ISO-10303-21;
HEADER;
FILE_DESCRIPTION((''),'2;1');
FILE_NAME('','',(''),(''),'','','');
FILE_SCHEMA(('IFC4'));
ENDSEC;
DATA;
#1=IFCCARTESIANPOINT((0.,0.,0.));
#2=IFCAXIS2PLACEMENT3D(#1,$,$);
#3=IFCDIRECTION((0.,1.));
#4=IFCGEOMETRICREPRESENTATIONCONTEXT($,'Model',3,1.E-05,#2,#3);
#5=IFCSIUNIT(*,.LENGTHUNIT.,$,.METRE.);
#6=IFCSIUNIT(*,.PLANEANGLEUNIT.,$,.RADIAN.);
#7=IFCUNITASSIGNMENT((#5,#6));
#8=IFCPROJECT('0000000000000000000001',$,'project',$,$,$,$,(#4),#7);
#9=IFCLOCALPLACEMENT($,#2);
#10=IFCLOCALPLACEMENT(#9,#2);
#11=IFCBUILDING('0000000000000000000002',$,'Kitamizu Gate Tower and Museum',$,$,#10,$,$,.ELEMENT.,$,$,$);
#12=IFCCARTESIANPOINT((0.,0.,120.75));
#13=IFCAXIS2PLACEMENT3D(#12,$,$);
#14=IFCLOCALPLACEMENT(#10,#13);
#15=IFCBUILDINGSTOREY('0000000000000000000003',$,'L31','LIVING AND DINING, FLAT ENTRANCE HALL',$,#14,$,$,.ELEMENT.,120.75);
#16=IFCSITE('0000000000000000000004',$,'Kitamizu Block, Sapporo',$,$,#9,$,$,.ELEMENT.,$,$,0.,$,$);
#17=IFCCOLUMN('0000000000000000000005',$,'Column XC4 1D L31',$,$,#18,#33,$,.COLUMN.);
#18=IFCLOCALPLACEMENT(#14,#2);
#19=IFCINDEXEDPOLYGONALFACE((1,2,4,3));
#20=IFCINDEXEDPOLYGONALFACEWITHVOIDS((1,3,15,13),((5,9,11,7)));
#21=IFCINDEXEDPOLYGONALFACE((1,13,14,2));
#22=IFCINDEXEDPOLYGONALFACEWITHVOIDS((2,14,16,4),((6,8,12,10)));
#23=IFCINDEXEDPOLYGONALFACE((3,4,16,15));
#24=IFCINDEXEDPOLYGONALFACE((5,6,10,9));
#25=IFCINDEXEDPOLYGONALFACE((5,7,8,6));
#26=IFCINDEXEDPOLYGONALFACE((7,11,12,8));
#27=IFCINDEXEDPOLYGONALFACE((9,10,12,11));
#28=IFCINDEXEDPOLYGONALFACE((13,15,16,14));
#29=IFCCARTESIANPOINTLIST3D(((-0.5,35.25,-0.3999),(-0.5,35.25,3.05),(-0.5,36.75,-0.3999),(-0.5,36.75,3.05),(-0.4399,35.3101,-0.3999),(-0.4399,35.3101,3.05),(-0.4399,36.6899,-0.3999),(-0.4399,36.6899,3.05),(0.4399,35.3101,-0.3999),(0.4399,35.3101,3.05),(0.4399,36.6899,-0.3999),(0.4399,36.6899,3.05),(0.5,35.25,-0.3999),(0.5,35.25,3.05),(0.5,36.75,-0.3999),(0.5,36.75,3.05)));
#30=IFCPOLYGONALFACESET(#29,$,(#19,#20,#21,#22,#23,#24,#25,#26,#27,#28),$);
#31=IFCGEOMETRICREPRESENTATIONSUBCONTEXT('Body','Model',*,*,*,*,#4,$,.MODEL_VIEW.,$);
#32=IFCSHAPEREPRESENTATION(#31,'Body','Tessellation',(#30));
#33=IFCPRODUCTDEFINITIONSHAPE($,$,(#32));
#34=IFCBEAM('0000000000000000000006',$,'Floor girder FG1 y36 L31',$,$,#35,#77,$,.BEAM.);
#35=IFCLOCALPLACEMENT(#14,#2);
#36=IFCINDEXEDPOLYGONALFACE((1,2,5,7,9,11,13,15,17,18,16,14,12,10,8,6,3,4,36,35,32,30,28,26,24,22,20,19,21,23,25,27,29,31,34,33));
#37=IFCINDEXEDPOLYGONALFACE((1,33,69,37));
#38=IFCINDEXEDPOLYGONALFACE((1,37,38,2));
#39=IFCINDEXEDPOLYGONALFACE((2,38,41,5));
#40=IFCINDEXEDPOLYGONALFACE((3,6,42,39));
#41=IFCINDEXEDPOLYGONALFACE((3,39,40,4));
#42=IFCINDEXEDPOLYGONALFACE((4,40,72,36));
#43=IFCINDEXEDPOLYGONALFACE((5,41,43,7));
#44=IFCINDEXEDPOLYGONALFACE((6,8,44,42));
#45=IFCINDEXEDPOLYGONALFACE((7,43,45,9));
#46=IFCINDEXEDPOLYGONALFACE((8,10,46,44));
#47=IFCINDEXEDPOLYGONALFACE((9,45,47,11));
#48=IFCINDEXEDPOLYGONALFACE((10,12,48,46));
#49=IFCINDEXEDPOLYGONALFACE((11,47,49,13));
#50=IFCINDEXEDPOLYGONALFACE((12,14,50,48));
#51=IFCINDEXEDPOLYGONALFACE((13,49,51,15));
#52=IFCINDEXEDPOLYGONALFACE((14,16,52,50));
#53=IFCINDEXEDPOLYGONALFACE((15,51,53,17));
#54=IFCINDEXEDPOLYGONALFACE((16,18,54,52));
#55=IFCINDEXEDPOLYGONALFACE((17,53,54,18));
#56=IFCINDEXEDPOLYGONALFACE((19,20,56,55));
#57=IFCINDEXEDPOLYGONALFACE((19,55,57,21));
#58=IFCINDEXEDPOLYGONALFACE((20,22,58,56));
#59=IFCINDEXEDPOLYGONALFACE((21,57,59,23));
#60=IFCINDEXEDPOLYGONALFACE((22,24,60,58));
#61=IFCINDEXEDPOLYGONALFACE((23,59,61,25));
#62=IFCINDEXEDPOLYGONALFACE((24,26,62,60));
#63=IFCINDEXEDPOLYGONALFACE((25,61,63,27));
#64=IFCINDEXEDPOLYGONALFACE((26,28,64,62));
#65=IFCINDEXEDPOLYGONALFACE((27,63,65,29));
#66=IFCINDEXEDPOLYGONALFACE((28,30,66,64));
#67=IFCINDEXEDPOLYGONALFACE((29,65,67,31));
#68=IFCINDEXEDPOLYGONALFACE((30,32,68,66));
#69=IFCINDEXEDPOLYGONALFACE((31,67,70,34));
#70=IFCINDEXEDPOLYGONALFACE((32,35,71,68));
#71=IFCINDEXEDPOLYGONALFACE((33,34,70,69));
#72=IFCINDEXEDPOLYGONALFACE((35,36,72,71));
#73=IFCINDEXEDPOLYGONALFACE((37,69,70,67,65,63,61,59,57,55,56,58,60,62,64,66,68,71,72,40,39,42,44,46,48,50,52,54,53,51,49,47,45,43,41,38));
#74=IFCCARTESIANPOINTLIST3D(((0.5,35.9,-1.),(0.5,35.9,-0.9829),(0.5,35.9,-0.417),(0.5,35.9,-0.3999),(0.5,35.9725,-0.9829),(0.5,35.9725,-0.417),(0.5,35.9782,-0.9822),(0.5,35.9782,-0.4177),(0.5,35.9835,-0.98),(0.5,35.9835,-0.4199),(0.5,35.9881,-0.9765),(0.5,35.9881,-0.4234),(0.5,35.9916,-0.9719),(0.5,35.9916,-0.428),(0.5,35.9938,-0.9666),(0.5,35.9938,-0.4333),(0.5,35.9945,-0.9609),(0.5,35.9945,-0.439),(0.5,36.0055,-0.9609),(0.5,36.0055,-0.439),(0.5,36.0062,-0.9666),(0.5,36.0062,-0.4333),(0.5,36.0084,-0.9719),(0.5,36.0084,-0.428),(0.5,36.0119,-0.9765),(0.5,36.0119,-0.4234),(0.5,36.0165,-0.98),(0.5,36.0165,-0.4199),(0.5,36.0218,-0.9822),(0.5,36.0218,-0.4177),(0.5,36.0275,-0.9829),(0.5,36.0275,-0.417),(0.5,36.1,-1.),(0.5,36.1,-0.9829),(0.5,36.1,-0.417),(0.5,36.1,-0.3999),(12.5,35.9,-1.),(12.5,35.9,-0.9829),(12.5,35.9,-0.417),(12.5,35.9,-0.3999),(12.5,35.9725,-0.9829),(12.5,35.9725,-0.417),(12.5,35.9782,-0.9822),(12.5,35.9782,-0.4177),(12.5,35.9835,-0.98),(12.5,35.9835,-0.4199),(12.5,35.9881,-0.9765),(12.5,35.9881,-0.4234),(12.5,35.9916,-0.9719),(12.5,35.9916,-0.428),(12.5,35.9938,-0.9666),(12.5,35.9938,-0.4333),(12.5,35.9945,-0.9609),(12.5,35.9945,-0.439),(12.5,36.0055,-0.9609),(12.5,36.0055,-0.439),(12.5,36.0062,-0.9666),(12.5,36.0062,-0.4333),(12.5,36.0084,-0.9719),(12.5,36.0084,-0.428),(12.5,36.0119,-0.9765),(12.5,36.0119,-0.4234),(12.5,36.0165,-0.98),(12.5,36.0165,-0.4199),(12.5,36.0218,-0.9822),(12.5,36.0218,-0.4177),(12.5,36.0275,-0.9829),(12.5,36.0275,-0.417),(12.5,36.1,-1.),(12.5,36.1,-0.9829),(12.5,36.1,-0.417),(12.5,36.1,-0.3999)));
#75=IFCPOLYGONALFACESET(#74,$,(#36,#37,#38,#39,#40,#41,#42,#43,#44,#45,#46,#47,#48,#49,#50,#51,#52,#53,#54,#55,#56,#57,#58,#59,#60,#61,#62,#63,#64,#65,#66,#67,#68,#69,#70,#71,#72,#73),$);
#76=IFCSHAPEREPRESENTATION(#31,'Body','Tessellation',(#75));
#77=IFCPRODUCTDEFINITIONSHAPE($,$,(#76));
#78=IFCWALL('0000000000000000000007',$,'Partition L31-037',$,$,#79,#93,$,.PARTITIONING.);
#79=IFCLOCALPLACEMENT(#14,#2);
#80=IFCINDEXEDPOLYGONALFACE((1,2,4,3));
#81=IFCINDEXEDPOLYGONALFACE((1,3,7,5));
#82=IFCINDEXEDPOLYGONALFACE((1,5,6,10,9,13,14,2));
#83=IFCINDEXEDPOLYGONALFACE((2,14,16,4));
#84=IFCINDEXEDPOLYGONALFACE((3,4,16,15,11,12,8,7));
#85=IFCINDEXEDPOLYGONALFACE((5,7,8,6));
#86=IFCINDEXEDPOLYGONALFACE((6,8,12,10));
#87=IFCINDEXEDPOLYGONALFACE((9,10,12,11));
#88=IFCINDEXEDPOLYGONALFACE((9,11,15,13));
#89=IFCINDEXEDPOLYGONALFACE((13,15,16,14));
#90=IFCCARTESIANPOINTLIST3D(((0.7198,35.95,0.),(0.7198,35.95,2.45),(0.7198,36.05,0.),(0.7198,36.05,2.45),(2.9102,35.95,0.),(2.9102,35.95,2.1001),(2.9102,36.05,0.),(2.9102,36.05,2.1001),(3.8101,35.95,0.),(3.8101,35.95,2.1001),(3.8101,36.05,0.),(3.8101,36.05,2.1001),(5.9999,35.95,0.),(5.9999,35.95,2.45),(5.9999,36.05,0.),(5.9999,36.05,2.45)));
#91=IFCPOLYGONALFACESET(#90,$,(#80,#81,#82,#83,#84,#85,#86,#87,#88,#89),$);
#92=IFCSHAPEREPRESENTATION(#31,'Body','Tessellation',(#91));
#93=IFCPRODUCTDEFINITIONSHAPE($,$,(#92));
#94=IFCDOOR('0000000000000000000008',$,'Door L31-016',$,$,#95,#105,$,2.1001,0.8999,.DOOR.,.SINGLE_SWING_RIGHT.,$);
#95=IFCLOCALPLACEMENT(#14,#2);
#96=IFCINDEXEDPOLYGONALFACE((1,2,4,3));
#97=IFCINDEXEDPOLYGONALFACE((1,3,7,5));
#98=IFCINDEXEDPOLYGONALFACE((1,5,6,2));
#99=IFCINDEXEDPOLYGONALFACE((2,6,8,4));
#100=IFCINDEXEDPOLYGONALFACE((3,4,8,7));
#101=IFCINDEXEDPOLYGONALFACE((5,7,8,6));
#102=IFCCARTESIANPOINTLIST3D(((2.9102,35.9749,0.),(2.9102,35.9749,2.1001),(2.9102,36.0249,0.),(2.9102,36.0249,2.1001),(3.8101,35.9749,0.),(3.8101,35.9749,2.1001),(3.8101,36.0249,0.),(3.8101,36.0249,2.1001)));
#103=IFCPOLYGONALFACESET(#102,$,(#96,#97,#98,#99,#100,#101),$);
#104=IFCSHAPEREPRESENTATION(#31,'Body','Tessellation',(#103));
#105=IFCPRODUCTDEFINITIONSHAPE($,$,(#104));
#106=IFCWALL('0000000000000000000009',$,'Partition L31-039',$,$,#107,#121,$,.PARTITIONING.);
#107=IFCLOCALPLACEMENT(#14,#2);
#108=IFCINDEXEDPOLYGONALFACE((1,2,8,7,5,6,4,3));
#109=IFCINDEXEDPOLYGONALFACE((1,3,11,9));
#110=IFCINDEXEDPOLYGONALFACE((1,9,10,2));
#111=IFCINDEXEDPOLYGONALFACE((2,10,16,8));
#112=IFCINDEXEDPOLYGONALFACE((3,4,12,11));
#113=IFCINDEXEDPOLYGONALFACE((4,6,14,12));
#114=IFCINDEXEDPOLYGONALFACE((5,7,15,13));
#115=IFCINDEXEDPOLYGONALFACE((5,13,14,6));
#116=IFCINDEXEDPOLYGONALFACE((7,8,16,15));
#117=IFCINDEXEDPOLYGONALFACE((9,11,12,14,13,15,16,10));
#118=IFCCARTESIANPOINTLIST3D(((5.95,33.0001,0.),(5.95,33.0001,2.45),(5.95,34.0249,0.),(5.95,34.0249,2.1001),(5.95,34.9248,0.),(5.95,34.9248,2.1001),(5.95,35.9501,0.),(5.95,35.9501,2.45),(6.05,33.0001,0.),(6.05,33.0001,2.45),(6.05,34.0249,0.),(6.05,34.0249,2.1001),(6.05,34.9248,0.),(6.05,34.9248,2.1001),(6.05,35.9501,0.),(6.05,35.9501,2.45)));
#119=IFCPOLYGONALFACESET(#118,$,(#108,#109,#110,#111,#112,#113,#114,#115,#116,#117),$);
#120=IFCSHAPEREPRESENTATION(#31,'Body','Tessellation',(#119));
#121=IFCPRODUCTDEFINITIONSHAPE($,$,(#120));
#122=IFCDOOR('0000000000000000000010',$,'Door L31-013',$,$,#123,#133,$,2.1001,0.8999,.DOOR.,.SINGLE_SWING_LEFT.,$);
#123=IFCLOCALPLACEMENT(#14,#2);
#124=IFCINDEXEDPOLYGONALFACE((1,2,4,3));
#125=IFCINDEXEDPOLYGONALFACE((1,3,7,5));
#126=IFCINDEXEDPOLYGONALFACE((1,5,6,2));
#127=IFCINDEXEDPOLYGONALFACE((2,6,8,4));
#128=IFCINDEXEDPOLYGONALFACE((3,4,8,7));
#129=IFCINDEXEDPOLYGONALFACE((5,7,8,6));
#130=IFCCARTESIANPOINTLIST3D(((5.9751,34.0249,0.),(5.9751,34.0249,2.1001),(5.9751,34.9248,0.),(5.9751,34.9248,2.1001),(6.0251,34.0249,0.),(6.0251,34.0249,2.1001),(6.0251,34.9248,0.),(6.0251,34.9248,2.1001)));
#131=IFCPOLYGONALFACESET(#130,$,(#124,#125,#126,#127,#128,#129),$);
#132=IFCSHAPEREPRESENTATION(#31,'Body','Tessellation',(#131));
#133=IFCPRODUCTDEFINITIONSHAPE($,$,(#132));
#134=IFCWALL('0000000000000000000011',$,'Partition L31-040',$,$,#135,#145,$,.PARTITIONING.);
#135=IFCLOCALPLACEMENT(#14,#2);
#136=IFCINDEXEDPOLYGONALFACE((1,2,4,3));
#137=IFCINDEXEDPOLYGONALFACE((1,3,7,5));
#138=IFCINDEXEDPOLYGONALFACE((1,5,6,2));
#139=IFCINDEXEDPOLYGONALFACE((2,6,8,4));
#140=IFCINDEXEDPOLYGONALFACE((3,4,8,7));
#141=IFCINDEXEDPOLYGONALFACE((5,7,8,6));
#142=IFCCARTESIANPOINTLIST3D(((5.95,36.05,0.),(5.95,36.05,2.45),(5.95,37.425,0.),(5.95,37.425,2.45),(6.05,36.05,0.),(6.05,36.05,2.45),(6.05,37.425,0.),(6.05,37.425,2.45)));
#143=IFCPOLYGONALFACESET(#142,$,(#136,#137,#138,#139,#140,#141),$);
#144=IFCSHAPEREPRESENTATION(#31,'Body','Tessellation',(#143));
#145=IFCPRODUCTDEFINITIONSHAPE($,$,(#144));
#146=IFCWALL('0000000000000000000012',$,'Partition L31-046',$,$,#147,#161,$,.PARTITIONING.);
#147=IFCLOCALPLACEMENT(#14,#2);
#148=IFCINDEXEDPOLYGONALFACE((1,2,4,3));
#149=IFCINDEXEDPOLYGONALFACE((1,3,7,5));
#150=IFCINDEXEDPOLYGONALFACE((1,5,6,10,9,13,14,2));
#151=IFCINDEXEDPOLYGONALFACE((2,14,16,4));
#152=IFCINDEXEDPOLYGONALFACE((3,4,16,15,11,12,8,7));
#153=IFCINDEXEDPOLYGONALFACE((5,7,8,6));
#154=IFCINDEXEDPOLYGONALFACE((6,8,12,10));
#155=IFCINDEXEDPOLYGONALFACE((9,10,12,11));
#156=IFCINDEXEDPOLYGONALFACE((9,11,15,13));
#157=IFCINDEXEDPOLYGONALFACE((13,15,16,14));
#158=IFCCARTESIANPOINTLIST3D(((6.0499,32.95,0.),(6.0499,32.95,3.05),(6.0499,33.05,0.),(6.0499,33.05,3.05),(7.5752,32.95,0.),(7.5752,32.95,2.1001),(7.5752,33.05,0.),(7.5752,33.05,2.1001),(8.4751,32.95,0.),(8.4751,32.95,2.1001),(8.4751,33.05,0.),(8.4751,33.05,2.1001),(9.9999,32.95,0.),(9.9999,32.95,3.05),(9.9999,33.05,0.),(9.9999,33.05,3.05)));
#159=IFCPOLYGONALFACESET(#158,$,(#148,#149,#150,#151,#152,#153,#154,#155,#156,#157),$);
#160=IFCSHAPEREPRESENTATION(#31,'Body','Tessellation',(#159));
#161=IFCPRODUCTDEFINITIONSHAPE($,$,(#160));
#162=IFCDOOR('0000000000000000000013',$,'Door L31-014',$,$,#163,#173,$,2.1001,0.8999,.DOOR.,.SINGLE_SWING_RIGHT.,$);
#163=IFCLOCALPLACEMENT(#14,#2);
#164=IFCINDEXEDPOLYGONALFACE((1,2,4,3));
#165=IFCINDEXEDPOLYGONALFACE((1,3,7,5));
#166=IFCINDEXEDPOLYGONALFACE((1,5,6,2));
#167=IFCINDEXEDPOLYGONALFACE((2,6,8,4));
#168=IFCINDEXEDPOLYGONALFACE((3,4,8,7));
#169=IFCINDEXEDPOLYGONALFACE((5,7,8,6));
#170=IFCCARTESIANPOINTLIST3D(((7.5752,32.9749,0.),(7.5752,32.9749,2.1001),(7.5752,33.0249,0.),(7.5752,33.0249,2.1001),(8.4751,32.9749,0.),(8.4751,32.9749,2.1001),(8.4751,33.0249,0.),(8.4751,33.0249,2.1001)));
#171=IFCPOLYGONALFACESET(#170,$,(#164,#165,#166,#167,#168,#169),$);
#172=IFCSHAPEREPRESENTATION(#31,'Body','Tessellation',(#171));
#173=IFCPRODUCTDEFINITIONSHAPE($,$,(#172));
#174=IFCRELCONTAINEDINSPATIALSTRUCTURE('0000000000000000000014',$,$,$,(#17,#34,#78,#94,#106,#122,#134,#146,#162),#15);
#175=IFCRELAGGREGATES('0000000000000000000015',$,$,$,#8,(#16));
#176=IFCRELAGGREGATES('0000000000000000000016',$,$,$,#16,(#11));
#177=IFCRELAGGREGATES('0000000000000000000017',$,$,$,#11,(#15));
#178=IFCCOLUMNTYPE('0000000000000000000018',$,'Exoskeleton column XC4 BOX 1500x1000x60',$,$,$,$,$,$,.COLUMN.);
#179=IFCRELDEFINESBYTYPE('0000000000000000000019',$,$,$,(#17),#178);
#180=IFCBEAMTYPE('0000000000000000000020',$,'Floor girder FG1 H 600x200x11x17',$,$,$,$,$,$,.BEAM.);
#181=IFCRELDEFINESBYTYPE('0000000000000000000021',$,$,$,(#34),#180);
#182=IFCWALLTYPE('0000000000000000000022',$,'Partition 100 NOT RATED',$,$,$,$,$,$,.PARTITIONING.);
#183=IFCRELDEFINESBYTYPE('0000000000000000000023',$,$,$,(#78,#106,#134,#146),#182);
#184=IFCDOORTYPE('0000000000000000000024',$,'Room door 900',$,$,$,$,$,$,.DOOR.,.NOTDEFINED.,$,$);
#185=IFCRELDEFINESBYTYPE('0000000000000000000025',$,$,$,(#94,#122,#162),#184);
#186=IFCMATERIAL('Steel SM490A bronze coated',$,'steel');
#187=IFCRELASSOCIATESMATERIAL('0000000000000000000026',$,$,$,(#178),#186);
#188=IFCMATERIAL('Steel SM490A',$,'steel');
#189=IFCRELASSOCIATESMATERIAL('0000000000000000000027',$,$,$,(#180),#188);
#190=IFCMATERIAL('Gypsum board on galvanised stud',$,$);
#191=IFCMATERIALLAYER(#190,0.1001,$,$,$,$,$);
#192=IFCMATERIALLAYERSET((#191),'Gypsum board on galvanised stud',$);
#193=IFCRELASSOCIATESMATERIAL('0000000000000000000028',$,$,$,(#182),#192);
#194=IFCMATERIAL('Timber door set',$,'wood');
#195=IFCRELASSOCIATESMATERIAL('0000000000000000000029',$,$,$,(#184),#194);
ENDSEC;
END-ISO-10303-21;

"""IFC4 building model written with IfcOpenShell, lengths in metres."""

from ifc_helpers import new_model, si_unit, direction, frame, frame_2d, origin, origin_2d, place, context, subcontext, project, spatial, rectangle, hollow_rectangle, i_section, extrude, material, layer, layer_set, material_profile, profile_set, type_object, element, fill, save


model = new_model("IFC4")

# Units and contexts
model_context = context("Model", 3, precision=1e-05, world=origin(), true_north=direction((0.0, 1.0)))
body_context = subcontext(model_context, "Body", "Model", "MODEL_VIEW")
ifc_project = project(units=[si_unit("LENGTHUNIT", "METRE"), si_unit("PLANEANGLEUNIT", "RADIAN")], contexts=[model_context])

# Site, building, storey
site_placement = place(None, origin())
site = spatial("IfcSite", under=ifc_project, at=site_placement, Name="Kitamizu Block, Sapporo", CompositionType="ELEMENT", RefElevation=0.0)
building_placement = place(site_placement, origin())
building = spatial("IfcBuilding", under=site, at=building_placement, Name="Kitamizu Gate Tower and Museum", CompositionType="ELEMENT")
storey_placement = place(building_placement, frame((0.0, 0.0, 120.75)))
storey = spatial("IfcBuildingStorey", under=building, at=storey_placement, Name="L31", Description="LIVING AND DINING, FLAT ENTRANCE HALL", CompositionType="ELEMENT", Elevation=120.75)

# Column
ifc_material_1 = material(Name="Steel SM490A bronze coated", Category="steel")
ifc_material_profile_1 = material_profile(ifc_material_1, hollow_rectangle(XDim=1.5, YDim=1.0, WallThickness=0.0601, at=origin_2d()), Name="BOX 1500x1000x60")
ifc_profile_set_1 = profile_set([ifc_material_profile_1], Name="Steel SM490A bronze coated")
column_type = type_object("IfcColumnType", Name="Exoskeleton column XC4 BOX 1500x1000x60", PredefinedType="COLUMN", material=ifc_profile_set_1)
column_placement = place(storey_placement, frame((0.0, 36.0, -0.3999), z_axis=(0.0, 0.0, 1.0), x_axis=(0.0, 1.0, 0.0)))
element("IfcColumn", 1, at=column_placement, inside=storey, type_object=column_type, Name="Column XC4 1D L31", PredefinedType="COLUMN", context=body_context, shape_type="SweptSolid", body=[
    extrude(hollow_rectangle(XDim=1.5, YDim=1.0, WallThickness=0.0601, at=origin_2d()), origin(), (0.0, 0.0, 1.0), 3.45),
])

# Beam
ifc_material_2 = material(Name="Steel SM490A", Category="steel")
ifc_material_profile_2 = material_profile(ifc_material_2, i_section(OverallWidth=0.2, OverallDepth=0.6001, WebThickness=0.011, FlangeThickness=0.0171, FilletRadius=0.022, at=origin_2d()), Name="H-600x200x11x17")
ifc_profile_set_2 = profile_set([ifc_material_profile_2], Name="Steel SM490A")
beam_type = type_object("IfcBeamType", Name="Floor girder FG1 H 600x200x11x17", PredefinedType="BEAM", material=ifc_profile_set_2)
beam_placement = place(storey_placement, frame((0.5, 36.0, -0.7), z_axis=(1.0, 0.0, 0.0), x_axis=(0.0, 1.0, 0.0)))
element("IfcBeam", 2, at=beam_placement, inside=storey, type_object=beam_type, Name="Floor girder FG1 y36 L31", PredefinedType="BEAM", context=body_context, shape_type="SweptSolid", body=[
    extrude(i_section(OverallWidth=0.2, OverallDepth=0.6001, WebThickness=0.011, FlangeThickness=0.0171, FilletRadius=0.022, at=origin_2d()), origin(), (0.0, 0.0, 1.0), 12.0),
])

# Walls, openings, doors
ifc_material_3 = material(Name="Gypsum board on galvanised stud")
ifc_layer_1 = layer(ifc_material_3, 0.1001)
ifc_layer_set_1 = layer_set([ifc_layer_1], Name="Gypsum board on galvanised stud")
wall_type_1 = type_object("IfcWallType", Name="Partition 100 NOT RATED", PredefinedType="PARTITIONING", material=ifc_layer_set_1)
wall_1_placement = place(storey_placement, frame((6.0, 36.0, 0.0), z_axis=(0.0, 0.0, 1.0), x_axis=(-1.0, 0.0, 0.0)))
wall_1 = element("IfcWall", 3, at=wall_1_placement, inside=storey, type_object=wall_type_1, Name="Partition L31-037", PredefinedType="PARTITIONING", context=body_context, shape_type="SweptSolid", body=[
    extrude(rectangle(XDim=5.28, YDim=0.1001, at=frame_2d((2.6401, 0.0))), origin(), (0.0, 0.0, 1.0), 2.45),
])
opening_1_placement = place(wall_1_placement, frame((2.1899, 0.0, 0.0)))
opening_1 = element("IfcOpeningElement", 4, at=opening_1_placement, cuts=wall_1, PredefinedType="OPENING", context=body_context, shape_type="SweptSolid", body=[
    extrude(rectangle(XDim=0.8999, YDim=2.1001, at=frame_2d((0.45, 1.05))), frame((0.0, 0.0601, 0.0), z_axis=(0.0, -1.0, 0.0), x_axis=(1.0, 0.0, 0.0)), (0.0, 0.0, 1.0), 0.1201),
])
ifc_material_4 = material(Name="Timber door set", Category="wood")
door_type_1 = type_object("IfcDoorType", Name="Room door 900", OperationType="NOTDEFINED", PredefinedType="DOOR", material=ifc_material_4)
door_1_placement = place(opening_1_placement, frame((0.8999, 0.0, 0.0), x_axis=(-1.0, 0.0, 0.0)))
door_1 = element("IfcDoor", 5, at=door_1_placement, inside=storey, type_object=door_type_1, Name="Door L31-016", OperationType="SINGLE_SWING_RIGHT", OverallHeight=2.1001, OverallWidth=0.8999, PredefinedType="DOOR", context=body_context, shape_type="SweptSolid", body=[
    extrude(rectangle(XDim=0.8999, YDim=2.1001, at=frame_2d((0.45, 1.05))), frame((0.0, 0.0249, 0.0), z_axis=(0.0, -1.0, 0.0), x_axis=(1.0, 0.0, 0.0)), (0.0, 0.0, 1.0), 0.05),
])
fill(opening_1, door_1)
wall_2_placement = place(storey_placement, frame((6.0, 33.0, 0.0), z_axis=(0.0, 0.0, 1.0), x_axis=(0.0, 1.0, 0.0)))
wall_2 = element("IfcWall", 6, at=wall_2_placement, inside=storey, type_object=wall_type_1, Name="Partition L31-039", PredefinedType="PARTITIONING", context=body_context, shape_type="SweptSolid", body=[
    extrude(rectangle(XDim=2.95, YDim=0.1001, at=frame_2d((1.4751, 0.0))), origin(), (0.0, 0.0, 1.0), 2.45),
])
opening_2_placement = place(wall_2_placement, frame((1.0249, 0.0, 0.0)))
opening_2 = element("IfcOpeningElement", 7, at=opening_2_placement, cuts=wall_2, PredefinedType="OPENING", context=body_context, shape_type="SweptSolid", body=[
    extrude(rectangle(XDim=0.8999, YDim=2.1001, at=frame_2d((0.45, 1.05))), frame((0.0, 0.0601, 0.0), z_axis=(0.0, -1.0, 0.0), x_axis=(1.0, 0.0, 0.0)), (0.0, 0.0, 1.0), 0.1201),
])
door_2_placement = place(opening_2_placement, origin())
door_2 = element("IfcDoor", 8, at=door_2_placement, inside=storey, type_object=door_type_1, Name="Door L31-013", OperationType="SINGLE_SWING_LEFT", OverallHeight=2.1001, OverallWidth=0.8999, PredefinedType="DOOR", context=body_context, shape_type="SweptSolid", body=[
    extrude(rectangle(XDim=0.8999, YDim=2.1001, at=frame_2d((0.45, 1.05))), frame((0.0, 0.0249, 0.0), z_axis=(0.0, -1.0, 0.0), x_axis=(1.0, 0.0, 0.0)), (0.0, 0.0, 1.0), 0.05),
])
fill(opening_2, door_2)

# Wall
wall_3_placement = place(storey_placement, frame((6.0, 36.05, 0.0), z_axis=(0.0, 0.0, 1.0), x_axis=(0.0, 1.0, 0.0)))
element("IfcWall", 9, at=wall_3_placement, inside=storey, type_object=wall_type_1, Name="Partition L31-040", PredefinedType="PARTITIONING", context=body_context, shape_type="SweptSolid", body=[
    extrude(rectangle(XDim=1.375, YDim=0.1001, at=frame_2d((0.6875, 0.0))), origin(), (0.0, 0.0, 1.0), 2.45),
])

# Wall, opening, door
wall_4_placement = place(storey_placement, frame((10.0, 33.0, 0.0), z_axis=(0.0, 0.0, 1.0), x_axis=(-1.0, 0.0, 0.0)))
wall_4 = element("IfcWall", 10, at=wall_4_placement, inside=storey, type_object=wall_type_1, Name="Partition L31-046", PredefinedType="PARTITIONING", context=body_context, shape_type="SweptSolid", body=[
    extrude(rectangle(XDim=3.95, YDim=0.1001, at=frame_2d((1.9751, 0.0))), origin(), (0.0, 0.0, 1.0), 3.05),
])
opening_3_placement = place(wall_4_placement, frame((1.5249, 0.0, 0.0)))
opening_3 = element("IfcOpeningElement", 11, at=opening_3_placement, cuts=wall_4, PredefinedType="OPENING", context=body_context, shape_type="SweptSolid", body=[
    extrude(rectangle(XDim=0.8999, YDim=2.1001, at=frame_2d((0.45, 1.05))), frame((0.0, 0.0601, 0.0), z_axis=(0.0, -1.0, 0.0), x_axis=(1.0, 0.0, 0.0)), (0.0, 0.0, 1.0), 0.1201),
])
door_3_placement = place(opening_3_placement, frame((0.8999, 0.0, 0.0), x_axis=(-1.0, 0.0, 0.0)))
door_3 = element("IfcDoor", 12, at=door_3_placement, inside=storey, type_object=door_type_1, Name="Door L31-014", OperationType="SINGLE_SWING_RIGHT", OverallHeight=2.1001, OverallWidth=0.8999, PredefinedType="DOOR", context=body_context, shape_type="SweptSolid", body=[
    extrude(rectangle(XDim=0.8999, YDim=2.1001, at=frame_2d((0.45, 1.05))), frame((0.0, 0.0249, 0.0), z_axis=(0.0, -1.0, 0.0), x_axis=(1.0, 0.0, 0.0)), (0.0, 0.0, 1.0), 0.05),
])
fill(opening_3, door_3)

save(model, "model.ifc")
